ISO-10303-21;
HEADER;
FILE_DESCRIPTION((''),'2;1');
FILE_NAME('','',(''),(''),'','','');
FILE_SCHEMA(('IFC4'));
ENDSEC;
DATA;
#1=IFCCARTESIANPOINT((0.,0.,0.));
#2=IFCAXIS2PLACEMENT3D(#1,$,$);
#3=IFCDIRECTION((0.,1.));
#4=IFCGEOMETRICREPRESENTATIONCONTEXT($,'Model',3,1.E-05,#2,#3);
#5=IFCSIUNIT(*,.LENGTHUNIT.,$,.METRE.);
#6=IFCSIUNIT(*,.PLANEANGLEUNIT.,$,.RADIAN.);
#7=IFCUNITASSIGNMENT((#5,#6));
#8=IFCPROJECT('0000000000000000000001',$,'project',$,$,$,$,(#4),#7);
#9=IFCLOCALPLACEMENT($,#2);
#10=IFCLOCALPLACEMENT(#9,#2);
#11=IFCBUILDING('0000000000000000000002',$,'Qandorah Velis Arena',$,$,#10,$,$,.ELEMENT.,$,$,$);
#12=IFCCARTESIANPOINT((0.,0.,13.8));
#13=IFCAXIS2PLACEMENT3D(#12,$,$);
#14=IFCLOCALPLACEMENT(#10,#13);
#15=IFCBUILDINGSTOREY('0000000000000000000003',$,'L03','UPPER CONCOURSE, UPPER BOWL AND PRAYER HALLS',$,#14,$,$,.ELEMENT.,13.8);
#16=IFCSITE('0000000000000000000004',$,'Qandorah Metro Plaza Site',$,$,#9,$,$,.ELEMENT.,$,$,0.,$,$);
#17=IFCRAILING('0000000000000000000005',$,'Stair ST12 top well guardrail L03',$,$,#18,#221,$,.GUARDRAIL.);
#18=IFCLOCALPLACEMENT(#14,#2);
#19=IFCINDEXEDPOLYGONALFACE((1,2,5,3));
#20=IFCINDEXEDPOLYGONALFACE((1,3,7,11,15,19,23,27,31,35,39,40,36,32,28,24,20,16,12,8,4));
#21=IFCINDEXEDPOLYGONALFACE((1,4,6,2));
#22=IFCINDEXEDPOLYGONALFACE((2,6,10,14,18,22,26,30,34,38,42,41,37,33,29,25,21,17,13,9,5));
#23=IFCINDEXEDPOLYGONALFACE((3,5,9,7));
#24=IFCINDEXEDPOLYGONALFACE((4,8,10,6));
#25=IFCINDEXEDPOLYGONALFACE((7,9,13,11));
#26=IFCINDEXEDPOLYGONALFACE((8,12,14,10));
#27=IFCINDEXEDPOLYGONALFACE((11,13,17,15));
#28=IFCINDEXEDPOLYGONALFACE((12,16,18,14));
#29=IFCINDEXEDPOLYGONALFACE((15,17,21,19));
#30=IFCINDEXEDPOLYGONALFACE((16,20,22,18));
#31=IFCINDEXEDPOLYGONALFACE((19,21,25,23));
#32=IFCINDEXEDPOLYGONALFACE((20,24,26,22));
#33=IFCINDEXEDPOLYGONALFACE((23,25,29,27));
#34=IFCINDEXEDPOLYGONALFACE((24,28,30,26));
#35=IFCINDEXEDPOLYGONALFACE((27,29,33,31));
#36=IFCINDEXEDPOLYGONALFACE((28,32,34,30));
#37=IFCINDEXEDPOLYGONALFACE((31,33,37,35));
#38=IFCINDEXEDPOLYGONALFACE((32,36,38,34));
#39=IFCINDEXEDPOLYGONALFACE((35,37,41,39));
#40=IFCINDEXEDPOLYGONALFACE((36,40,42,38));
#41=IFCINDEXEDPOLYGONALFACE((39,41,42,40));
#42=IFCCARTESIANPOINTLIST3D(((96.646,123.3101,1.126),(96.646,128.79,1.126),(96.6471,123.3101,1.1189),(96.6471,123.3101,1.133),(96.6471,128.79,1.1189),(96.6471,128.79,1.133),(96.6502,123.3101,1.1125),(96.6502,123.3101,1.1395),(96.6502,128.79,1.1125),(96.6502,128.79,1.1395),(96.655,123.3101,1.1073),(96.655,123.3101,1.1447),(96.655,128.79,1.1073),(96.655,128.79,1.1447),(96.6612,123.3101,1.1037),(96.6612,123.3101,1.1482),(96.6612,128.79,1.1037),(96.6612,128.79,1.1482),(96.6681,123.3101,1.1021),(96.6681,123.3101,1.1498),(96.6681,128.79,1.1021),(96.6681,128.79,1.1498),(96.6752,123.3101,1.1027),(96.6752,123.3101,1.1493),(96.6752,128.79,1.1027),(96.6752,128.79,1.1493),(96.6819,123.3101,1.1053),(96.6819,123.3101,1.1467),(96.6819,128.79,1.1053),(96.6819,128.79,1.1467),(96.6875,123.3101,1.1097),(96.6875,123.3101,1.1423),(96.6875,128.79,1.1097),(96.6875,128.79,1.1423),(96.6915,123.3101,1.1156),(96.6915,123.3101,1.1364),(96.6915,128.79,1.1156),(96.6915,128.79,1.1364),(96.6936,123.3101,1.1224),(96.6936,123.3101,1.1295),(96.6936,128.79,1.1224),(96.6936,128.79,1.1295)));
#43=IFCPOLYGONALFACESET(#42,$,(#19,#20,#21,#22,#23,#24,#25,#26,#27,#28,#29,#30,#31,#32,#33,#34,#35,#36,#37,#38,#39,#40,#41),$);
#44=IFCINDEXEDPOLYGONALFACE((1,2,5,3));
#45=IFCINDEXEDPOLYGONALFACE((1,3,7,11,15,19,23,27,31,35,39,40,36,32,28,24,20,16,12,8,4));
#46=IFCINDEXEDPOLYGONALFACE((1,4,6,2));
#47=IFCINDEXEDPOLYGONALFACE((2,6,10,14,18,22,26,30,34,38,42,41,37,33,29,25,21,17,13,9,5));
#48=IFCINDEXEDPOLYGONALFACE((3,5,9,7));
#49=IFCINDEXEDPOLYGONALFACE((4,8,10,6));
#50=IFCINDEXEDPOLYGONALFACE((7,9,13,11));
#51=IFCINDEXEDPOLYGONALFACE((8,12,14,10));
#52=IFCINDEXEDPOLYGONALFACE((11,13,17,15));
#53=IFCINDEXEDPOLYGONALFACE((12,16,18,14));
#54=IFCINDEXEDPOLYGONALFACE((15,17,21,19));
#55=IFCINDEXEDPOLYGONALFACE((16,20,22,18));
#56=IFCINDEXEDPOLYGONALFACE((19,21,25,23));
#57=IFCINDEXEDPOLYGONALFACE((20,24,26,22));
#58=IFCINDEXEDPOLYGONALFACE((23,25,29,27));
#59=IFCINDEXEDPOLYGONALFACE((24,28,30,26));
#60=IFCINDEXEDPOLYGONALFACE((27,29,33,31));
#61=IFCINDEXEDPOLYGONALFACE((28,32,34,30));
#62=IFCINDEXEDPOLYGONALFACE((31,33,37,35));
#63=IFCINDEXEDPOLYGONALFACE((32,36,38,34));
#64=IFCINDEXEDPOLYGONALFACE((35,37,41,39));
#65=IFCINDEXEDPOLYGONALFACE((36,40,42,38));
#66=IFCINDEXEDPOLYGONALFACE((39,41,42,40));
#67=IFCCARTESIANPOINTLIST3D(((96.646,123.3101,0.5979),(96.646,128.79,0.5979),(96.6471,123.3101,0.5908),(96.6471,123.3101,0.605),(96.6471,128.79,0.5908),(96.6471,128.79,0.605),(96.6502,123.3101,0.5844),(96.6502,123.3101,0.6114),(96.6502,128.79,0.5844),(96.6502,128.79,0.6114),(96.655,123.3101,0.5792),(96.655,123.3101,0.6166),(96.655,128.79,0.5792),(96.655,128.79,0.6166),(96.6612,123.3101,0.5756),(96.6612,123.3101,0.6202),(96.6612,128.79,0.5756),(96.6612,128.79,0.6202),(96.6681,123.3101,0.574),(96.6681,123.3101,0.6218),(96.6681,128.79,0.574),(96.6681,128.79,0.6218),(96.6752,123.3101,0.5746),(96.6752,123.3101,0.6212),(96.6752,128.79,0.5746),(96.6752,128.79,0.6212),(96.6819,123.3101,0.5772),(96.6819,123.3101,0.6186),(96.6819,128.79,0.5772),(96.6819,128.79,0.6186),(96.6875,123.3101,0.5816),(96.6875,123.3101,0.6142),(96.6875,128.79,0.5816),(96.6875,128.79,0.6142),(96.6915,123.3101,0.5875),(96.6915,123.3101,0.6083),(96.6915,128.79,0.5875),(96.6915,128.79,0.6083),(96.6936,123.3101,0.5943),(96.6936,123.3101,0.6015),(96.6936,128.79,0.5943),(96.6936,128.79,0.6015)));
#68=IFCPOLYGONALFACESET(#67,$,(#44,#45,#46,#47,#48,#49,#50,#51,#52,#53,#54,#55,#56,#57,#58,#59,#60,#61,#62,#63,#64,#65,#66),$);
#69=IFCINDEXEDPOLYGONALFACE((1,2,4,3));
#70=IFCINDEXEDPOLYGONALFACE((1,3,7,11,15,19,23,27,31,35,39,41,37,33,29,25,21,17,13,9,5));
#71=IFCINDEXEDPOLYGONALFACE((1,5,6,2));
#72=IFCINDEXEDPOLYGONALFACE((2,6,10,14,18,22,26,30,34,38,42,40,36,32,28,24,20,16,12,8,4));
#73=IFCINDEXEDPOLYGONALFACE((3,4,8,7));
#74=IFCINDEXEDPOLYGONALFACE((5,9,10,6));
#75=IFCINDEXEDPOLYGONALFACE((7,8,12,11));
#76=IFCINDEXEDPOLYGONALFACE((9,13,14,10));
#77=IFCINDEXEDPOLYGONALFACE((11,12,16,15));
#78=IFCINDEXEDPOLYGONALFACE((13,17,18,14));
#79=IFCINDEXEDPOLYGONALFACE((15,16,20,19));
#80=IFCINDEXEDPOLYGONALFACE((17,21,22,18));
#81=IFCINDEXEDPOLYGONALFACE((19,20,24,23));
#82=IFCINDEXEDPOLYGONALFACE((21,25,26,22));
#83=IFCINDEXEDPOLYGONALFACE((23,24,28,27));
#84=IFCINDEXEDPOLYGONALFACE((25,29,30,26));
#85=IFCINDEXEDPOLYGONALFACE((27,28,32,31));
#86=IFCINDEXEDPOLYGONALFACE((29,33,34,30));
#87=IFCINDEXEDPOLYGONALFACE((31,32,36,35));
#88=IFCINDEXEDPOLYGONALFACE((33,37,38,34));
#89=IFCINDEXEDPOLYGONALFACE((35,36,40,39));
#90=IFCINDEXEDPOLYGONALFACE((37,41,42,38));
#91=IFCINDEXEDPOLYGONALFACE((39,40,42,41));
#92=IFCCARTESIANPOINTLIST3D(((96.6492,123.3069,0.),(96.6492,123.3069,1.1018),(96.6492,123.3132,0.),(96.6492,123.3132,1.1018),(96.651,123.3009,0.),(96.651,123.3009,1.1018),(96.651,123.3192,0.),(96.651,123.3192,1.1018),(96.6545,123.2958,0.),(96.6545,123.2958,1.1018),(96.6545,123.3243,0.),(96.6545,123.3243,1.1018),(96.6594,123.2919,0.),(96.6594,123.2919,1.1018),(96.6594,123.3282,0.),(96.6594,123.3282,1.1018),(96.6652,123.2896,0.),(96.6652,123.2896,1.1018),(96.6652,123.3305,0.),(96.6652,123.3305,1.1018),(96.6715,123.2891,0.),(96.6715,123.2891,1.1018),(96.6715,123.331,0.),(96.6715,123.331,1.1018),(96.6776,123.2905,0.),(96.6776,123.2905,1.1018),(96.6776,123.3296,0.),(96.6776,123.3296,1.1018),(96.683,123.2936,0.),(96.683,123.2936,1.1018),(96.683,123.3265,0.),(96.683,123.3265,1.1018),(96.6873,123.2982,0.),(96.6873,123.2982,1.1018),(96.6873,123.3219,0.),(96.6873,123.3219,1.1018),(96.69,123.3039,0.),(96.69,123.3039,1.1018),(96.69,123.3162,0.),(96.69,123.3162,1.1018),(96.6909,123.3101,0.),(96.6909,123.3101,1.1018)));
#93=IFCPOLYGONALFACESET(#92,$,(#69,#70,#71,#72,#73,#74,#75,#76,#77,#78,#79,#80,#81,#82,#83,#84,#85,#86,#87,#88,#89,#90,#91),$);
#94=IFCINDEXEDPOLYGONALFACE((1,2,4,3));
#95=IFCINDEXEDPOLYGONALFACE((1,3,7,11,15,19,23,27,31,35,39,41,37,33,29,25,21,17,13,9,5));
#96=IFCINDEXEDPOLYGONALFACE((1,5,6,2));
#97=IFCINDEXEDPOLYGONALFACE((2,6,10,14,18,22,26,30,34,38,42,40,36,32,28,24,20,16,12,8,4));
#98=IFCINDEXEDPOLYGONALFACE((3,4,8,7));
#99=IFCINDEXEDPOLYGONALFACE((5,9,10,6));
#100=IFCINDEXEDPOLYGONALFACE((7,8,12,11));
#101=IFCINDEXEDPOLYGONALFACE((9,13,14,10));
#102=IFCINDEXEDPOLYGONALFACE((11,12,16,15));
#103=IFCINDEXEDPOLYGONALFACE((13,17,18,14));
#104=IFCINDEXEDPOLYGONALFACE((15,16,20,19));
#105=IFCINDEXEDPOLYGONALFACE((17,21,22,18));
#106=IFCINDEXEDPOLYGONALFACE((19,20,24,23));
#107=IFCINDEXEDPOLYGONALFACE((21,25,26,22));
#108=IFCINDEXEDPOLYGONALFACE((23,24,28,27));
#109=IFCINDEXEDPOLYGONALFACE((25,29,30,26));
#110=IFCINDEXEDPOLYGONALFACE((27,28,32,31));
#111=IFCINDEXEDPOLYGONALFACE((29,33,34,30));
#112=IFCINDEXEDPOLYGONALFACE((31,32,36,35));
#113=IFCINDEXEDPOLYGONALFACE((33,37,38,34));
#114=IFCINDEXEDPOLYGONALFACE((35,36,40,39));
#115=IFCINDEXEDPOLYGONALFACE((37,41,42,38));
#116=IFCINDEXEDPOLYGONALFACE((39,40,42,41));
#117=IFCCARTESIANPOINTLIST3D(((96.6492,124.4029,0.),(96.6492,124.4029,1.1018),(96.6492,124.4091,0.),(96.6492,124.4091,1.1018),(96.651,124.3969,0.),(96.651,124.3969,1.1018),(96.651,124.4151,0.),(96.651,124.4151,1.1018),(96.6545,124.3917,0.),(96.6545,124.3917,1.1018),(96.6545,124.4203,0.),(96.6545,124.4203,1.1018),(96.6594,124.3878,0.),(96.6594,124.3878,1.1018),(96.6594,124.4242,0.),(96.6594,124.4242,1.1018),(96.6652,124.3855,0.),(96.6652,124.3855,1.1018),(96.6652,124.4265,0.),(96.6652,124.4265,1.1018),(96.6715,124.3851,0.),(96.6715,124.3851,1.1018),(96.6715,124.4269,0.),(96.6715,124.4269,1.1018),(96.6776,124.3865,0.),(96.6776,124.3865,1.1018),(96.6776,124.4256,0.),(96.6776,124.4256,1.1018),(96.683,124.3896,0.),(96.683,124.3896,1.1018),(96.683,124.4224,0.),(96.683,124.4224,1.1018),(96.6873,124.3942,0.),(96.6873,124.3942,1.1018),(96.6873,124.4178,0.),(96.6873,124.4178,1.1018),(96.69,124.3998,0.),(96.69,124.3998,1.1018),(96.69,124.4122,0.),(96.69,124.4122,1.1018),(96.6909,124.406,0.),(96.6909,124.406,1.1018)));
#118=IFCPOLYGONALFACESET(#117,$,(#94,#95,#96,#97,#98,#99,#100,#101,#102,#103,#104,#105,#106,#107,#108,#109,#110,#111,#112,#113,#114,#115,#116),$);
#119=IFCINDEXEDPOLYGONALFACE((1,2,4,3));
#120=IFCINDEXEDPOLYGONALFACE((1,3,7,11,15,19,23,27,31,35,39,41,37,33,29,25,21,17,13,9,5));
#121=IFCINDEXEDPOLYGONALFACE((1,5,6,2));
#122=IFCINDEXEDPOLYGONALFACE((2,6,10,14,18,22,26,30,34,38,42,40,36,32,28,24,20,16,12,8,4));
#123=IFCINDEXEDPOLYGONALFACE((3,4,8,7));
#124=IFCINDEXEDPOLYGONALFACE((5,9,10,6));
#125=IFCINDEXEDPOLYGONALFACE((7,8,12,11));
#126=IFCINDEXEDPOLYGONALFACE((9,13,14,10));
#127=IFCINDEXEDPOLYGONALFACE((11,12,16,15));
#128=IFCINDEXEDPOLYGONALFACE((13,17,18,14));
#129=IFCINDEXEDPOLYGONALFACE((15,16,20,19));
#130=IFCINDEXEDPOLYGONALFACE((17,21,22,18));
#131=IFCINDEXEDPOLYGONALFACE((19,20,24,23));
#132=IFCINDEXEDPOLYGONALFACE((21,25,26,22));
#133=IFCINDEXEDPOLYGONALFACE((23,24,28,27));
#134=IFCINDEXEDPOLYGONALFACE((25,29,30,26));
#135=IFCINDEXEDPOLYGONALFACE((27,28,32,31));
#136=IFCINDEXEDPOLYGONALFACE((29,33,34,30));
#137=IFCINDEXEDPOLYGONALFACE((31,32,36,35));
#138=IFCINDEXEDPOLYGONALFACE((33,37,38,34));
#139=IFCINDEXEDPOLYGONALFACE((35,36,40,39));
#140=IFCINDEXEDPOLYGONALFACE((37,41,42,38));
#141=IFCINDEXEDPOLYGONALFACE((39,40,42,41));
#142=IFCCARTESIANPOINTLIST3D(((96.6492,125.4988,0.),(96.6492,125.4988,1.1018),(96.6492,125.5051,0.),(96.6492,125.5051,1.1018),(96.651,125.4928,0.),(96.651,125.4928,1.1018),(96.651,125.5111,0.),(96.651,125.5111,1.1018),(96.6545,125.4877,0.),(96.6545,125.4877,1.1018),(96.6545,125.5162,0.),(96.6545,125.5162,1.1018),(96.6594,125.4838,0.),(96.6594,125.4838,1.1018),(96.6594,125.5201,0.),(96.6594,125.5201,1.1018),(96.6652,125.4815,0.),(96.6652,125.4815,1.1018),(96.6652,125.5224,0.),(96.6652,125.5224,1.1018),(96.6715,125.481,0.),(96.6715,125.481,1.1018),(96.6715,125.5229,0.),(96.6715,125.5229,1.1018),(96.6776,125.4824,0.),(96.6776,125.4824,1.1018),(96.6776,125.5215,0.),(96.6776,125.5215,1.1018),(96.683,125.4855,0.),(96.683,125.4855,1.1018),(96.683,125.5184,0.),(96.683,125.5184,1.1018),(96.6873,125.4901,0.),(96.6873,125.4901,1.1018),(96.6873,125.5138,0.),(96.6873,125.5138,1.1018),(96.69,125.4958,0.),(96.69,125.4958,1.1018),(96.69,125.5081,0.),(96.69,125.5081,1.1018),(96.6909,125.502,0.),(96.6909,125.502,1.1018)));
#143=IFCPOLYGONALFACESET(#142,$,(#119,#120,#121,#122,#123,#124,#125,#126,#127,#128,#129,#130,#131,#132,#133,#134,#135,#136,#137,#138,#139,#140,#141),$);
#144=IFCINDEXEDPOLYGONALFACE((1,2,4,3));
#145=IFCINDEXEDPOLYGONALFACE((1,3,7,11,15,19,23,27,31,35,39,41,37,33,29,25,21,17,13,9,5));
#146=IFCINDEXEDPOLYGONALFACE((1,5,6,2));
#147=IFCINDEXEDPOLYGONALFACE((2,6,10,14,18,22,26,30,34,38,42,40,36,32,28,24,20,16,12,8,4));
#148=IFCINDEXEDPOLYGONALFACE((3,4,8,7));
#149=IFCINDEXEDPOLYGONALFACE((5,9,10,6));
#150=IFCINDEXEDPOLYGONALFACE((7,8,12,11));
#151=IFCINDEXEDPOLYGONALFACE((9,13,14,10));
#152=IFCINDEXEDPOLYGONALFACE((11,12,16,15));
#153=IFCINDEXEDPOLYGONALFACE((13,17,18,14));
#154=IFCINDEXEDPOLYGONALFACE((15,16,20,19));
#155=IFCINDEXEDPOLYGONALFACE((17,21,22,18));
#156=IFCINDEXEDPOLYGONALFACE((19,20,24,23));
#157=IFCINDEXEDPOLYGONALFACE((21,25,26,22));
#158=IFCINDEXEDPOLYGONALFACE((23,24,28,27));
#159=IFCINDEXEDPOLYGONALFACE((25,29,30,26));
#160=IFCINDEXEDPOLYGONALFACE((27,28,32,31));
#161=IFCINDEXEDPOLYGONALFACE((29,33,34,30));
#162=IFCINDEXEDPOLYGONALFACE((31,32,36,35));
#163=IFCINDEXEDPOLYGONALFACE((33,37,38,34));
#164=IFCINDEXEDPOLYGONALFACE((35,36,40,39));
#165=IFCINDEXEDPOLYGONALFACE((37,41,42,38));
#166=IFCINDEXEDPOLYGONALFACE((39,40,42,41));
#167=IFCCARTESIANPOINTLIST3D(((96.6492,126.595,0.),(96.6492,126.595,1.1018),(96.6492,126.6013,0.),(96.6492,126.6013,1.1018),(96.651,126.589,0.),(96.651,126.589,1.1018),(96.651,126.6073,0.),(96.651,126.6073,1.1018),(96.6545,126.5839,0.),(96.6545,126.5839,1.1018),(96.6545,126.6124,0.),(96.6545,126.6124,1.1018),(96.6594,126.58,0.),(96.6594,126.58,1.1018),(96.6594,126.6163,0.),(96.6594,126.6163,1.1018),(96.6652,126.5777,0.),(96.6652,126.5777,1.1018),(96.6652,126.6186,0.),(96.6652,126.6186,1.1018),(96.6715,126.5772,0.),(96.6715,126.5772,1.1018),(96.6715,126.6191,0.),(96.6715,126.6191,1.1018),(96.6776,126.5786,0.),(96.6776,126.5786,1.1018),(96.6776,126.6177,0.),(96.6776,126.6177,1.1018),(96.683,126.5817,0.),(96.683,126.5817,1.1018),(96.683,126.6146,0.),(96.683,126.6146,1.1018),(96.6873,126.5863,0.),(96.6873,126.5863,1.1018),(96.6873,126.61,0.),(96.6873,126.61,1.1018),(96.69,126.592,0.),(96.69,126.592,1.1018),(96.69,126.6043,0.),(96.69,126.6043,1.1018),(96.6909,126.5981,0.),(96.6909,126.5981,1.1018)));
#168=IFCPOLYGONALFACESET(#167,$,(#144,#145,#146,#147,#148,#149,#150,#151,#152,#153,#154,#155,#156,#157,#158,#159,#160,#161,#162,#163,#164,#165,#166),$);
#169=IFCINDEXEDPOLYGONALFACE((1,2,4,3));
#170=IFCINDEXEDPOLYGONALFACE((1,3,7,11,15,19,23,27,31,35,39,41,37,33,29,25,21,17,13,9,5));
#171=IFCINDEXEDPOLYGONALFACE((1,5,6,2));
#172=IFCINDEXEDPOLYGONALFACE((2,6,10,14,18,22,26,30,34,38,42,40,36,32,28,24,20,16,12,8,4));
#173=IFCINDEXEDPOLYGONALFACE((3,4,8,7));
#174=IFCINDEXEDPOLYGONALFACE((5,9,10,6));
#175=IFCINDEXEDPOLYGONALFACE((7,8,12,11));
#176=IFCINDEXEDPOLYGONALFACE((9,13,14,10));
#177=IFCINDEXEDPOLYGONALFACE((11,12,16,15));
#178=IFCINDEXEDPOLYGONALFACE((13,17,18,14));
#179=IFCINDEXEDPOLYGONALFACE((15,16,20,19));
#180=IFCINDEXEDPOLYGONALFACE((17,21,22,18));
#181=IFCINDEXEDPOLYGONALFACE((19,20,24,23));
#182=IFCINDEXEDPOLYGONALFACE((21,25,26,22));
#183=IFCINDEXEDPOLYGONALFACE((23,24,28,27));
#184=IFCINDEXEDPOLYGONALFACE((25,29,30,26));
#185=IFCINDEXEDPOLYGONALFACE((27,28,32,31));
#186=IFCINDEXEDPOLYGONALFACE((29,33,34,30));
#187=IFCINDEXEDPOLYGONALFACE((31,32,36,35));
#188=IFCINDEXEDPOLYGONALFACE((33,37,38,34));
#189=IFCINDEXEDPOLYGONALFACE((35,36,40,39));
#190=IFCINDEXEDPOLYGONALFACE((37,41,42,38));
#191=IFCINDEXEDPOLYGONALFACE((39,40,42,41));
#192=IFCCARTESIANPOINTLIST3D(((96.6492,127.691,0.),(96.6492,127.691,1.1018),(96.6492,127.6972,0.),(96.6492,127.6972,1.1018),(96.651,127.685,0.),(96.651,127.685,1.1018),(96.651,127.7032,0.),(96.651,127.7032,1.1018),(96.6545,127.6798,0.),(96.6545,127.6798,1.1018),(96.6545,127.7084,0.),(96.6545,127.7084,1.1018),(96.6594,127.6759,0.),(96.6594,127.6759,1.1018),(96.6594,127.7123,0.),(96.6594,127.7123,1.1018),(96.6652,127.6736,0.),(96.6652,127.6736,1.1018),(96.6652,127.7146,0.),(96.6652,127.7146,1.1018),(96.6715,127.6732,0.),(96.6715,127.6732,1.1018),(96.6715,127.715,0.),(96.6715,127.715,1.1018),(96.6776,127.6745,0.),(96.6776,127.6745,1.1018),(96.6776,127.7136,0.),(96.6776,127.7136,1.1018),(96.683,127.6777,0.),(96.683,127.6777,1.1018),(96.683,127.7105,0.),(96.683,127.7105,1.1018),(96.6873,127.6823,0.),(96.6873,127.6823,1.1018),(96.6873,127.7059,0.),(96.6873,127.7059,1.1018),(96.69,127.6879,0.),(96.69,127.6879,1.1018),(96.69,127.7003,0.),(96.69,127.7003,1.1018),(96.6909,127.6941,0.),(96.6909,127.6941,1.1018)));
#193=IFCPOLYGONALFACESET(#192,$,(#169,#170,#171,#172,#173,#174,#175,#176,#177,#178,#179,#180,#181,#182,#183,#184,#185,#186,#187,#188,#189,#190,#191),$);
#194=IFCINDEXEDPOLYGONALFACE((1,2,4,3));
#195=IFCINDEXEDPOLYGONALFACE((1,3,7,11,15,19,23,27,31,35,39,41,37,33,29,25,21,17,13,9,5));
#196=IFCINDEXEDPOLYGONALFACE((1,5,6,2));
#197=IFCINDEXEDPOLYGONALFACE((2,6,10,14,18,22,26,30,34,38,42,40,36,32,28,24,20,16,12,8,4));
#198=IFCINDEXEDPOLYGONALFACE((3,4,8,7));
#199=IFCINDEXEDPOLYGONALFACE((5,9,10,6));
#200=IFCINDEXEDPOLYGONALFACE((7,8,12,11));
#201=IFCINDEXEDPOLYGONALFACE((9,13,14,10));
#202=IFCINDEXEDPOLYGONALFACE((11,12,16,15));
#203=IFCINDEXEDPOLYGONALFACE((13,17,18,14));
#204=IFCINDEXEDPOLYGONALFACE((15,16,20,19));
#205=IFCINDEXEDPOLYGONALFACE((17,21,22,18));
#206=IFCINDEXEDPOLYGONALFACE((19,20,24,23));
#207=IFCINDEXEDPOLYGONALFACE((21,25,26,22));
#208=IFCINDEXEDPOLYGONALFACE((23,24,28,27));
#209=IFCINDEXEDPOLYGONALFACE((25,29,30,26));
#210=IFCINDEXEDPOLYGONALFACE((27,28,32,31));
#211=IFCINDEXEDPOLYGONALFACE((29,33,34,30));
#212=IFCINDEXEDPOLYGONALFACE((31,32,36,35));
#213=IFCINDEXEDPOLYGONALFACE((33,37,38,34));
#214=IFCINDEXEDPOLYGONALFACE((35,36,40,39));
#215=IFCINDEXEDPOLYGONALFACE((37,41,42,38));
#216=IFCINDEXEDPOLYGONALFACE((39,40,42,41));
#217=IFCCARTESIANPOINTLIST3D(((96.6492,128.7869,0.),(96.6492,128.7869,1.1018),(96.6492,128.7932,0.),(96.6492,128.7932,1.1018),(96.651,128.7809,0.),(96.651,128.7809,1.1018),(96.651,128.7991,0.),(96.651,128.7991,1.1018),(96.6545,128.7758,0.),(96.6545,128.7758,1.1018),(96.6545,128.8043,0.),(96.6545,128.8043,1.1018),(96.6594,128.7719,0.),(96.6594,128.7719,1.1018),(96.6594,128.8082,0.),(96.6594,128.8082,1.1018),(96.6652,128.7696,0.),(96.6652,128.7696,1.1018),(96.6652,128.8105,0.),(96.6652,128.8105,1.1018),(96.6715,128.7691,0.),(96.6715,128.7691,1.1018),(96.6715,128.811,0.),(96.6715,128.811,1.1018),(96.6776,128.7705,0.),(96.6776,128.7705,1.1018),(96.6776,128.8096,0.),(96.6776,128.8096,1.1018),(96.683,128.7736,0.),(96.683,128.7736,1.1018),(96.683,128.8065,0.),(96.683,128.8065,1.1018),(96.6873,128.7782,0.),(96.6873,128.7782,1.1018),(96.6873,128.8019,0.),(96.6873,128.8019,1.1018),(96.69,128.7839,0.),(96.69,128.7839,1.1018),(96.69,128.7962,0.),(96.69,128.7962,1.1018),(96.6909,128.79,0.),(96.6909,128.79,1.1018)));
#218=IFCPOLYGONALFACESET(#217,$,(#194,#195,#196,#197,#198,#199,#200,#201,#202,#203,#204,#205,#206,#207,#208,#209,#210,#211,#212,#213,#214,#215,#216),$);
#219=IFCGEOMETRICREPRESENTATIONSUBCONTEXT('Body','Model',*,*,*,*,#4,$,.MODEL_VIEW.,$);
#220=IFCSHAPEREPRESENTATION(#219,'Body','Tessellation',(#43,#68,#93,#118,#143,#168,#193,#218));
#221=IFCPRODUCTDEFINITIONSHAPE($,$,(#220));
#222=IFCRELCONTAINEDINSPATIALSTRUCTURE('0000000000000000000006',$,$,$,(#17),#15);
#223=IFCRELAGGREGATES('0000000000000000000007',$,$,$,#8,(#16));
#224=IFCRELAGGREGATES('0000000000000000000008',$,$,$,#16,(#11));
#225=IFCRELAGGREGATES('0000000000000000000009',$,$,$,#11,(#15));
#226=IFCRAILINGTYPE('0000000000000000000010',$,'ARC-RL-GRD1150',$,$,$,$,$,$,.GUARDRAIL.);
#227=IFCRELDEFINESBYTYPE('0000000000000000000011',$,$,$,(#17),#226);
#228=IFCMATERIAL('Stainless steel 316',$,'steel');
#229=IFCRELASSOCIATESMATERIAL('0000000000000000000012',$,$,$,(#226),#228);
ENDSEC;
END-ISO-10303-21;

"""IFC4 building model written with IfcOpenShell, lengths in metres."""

from ifc_helpers import new_model, si_unit, direction, frame, origin, origin_2d, place, context, subcontext, project, spatial, circle, extrude, material, type_object, element, save


model = new_model("IFC4")

# Units and contexts
model_context = context("Model", 3, precision=1e-05, world=origin(), true_north=direction((0.0, 1.0)))
body_context = subcontext(model_context, "Body", "Model", "MODEL_VIEW")
ifc_project = project(units=[si_unit("LENGTHUNIT", "METRE"), si_unit("PLANEANGLEUNIT", "RADIAN")], contexts=[model_context])

# Site, building, storey
site_placement = place(None, origin())
site = spatial("IfcSite", under=ifc_project, at=site_placement, Name="Qandorah Metro Plaza Site", CompositionType="ELEMENT", RefElevation=0.0)
building_placement = place(site_placement, origin())
building = spatial("IfcBuilding", under=site, at=building_placement, Name="Qandorah Velis Arena", CompositionType="ELEMENT")
storey_placement = place(building_placement, frame((0.0, 0.0, 13.8)))
storey = spatial("IfcBuildingStorey", under=building, at=storey_placement, Name="L03", Description="UPPER CONCOURSE, UPPER BOWL AND PRAYER HALLS", CompositionType="ELEMENT", Elevation=13.8)

# Railing
ifc_material_1 = material(Name="Stainless steel 316", Category="steel")
railing_type = type_object("IfcRailingType", Name="ARC-RL-GRD1150", PredefinedType="GUARDRAIL", material=ifc_material_1)
railing_placement = place(storey_placement, frame((96.6699, 123.3101, 0.0)))
element("IfcRailing", 1, at=railing_placement, inside=storey, type_object=railing_type, Name="Stair ST12 top well guardrail L03", PredefinedType="GUARDRAIL", context=body_context, shape_type="SweptSolid", body=[
    extrude(circle(Radius=0.0239, at=origin_2d()), frame((0.0, 0.0, 1.126), z_axis=(0.0, 1.0, 0.0), x_axis=(-1.0, 0.0, 0.0)), (0.0, 0.0, 1.0), 5.48),
    extrude(circle(Radius=0.0239, at=origin_2d()), frame((0.0, 0.0, 0.5979), z_axis=(0.0, 1.0, 0.0), x_axis=(-1.0, 0.0, 0.0)), (0.0, 0.0, 1.0), 5.48),
    extrude(circle(Radius=0.021, at=origin_2d()), origin(), (0.0, 0.0, 1.0), 1.1018),
    extrude(circle(Radius=0.021, at=origin_2d()), frame((0.0, 1.0959, 0.0)), (0.0, 0.0, 1.0), 1.1018),
    extrude(circle(Radius=0.021, at=origin_2d()), frame((0.0, 2.1919, 0.0)), (0.0, 0.0, 1.0), 1.1018),
    extrude(circle(Radius=0.021, at=origin_2d()), frame((0.0, 3.2881, 0.0)), (0.0, 0.0, 1.0), 1.1018),
    extrude(circle(Radius=0.021, at=origin_2d()), frame((0.0, 4.384, 0.0)), (0.0, 0.0, 1.0), 1.1018),
    extrude(circle(Radius=0.021, at=origin_2d()), frame((0.0, 5.48, 0.0)), (0.0, 0.0, 1.0), 1.1018),
])

save(model, "model.ifc")
